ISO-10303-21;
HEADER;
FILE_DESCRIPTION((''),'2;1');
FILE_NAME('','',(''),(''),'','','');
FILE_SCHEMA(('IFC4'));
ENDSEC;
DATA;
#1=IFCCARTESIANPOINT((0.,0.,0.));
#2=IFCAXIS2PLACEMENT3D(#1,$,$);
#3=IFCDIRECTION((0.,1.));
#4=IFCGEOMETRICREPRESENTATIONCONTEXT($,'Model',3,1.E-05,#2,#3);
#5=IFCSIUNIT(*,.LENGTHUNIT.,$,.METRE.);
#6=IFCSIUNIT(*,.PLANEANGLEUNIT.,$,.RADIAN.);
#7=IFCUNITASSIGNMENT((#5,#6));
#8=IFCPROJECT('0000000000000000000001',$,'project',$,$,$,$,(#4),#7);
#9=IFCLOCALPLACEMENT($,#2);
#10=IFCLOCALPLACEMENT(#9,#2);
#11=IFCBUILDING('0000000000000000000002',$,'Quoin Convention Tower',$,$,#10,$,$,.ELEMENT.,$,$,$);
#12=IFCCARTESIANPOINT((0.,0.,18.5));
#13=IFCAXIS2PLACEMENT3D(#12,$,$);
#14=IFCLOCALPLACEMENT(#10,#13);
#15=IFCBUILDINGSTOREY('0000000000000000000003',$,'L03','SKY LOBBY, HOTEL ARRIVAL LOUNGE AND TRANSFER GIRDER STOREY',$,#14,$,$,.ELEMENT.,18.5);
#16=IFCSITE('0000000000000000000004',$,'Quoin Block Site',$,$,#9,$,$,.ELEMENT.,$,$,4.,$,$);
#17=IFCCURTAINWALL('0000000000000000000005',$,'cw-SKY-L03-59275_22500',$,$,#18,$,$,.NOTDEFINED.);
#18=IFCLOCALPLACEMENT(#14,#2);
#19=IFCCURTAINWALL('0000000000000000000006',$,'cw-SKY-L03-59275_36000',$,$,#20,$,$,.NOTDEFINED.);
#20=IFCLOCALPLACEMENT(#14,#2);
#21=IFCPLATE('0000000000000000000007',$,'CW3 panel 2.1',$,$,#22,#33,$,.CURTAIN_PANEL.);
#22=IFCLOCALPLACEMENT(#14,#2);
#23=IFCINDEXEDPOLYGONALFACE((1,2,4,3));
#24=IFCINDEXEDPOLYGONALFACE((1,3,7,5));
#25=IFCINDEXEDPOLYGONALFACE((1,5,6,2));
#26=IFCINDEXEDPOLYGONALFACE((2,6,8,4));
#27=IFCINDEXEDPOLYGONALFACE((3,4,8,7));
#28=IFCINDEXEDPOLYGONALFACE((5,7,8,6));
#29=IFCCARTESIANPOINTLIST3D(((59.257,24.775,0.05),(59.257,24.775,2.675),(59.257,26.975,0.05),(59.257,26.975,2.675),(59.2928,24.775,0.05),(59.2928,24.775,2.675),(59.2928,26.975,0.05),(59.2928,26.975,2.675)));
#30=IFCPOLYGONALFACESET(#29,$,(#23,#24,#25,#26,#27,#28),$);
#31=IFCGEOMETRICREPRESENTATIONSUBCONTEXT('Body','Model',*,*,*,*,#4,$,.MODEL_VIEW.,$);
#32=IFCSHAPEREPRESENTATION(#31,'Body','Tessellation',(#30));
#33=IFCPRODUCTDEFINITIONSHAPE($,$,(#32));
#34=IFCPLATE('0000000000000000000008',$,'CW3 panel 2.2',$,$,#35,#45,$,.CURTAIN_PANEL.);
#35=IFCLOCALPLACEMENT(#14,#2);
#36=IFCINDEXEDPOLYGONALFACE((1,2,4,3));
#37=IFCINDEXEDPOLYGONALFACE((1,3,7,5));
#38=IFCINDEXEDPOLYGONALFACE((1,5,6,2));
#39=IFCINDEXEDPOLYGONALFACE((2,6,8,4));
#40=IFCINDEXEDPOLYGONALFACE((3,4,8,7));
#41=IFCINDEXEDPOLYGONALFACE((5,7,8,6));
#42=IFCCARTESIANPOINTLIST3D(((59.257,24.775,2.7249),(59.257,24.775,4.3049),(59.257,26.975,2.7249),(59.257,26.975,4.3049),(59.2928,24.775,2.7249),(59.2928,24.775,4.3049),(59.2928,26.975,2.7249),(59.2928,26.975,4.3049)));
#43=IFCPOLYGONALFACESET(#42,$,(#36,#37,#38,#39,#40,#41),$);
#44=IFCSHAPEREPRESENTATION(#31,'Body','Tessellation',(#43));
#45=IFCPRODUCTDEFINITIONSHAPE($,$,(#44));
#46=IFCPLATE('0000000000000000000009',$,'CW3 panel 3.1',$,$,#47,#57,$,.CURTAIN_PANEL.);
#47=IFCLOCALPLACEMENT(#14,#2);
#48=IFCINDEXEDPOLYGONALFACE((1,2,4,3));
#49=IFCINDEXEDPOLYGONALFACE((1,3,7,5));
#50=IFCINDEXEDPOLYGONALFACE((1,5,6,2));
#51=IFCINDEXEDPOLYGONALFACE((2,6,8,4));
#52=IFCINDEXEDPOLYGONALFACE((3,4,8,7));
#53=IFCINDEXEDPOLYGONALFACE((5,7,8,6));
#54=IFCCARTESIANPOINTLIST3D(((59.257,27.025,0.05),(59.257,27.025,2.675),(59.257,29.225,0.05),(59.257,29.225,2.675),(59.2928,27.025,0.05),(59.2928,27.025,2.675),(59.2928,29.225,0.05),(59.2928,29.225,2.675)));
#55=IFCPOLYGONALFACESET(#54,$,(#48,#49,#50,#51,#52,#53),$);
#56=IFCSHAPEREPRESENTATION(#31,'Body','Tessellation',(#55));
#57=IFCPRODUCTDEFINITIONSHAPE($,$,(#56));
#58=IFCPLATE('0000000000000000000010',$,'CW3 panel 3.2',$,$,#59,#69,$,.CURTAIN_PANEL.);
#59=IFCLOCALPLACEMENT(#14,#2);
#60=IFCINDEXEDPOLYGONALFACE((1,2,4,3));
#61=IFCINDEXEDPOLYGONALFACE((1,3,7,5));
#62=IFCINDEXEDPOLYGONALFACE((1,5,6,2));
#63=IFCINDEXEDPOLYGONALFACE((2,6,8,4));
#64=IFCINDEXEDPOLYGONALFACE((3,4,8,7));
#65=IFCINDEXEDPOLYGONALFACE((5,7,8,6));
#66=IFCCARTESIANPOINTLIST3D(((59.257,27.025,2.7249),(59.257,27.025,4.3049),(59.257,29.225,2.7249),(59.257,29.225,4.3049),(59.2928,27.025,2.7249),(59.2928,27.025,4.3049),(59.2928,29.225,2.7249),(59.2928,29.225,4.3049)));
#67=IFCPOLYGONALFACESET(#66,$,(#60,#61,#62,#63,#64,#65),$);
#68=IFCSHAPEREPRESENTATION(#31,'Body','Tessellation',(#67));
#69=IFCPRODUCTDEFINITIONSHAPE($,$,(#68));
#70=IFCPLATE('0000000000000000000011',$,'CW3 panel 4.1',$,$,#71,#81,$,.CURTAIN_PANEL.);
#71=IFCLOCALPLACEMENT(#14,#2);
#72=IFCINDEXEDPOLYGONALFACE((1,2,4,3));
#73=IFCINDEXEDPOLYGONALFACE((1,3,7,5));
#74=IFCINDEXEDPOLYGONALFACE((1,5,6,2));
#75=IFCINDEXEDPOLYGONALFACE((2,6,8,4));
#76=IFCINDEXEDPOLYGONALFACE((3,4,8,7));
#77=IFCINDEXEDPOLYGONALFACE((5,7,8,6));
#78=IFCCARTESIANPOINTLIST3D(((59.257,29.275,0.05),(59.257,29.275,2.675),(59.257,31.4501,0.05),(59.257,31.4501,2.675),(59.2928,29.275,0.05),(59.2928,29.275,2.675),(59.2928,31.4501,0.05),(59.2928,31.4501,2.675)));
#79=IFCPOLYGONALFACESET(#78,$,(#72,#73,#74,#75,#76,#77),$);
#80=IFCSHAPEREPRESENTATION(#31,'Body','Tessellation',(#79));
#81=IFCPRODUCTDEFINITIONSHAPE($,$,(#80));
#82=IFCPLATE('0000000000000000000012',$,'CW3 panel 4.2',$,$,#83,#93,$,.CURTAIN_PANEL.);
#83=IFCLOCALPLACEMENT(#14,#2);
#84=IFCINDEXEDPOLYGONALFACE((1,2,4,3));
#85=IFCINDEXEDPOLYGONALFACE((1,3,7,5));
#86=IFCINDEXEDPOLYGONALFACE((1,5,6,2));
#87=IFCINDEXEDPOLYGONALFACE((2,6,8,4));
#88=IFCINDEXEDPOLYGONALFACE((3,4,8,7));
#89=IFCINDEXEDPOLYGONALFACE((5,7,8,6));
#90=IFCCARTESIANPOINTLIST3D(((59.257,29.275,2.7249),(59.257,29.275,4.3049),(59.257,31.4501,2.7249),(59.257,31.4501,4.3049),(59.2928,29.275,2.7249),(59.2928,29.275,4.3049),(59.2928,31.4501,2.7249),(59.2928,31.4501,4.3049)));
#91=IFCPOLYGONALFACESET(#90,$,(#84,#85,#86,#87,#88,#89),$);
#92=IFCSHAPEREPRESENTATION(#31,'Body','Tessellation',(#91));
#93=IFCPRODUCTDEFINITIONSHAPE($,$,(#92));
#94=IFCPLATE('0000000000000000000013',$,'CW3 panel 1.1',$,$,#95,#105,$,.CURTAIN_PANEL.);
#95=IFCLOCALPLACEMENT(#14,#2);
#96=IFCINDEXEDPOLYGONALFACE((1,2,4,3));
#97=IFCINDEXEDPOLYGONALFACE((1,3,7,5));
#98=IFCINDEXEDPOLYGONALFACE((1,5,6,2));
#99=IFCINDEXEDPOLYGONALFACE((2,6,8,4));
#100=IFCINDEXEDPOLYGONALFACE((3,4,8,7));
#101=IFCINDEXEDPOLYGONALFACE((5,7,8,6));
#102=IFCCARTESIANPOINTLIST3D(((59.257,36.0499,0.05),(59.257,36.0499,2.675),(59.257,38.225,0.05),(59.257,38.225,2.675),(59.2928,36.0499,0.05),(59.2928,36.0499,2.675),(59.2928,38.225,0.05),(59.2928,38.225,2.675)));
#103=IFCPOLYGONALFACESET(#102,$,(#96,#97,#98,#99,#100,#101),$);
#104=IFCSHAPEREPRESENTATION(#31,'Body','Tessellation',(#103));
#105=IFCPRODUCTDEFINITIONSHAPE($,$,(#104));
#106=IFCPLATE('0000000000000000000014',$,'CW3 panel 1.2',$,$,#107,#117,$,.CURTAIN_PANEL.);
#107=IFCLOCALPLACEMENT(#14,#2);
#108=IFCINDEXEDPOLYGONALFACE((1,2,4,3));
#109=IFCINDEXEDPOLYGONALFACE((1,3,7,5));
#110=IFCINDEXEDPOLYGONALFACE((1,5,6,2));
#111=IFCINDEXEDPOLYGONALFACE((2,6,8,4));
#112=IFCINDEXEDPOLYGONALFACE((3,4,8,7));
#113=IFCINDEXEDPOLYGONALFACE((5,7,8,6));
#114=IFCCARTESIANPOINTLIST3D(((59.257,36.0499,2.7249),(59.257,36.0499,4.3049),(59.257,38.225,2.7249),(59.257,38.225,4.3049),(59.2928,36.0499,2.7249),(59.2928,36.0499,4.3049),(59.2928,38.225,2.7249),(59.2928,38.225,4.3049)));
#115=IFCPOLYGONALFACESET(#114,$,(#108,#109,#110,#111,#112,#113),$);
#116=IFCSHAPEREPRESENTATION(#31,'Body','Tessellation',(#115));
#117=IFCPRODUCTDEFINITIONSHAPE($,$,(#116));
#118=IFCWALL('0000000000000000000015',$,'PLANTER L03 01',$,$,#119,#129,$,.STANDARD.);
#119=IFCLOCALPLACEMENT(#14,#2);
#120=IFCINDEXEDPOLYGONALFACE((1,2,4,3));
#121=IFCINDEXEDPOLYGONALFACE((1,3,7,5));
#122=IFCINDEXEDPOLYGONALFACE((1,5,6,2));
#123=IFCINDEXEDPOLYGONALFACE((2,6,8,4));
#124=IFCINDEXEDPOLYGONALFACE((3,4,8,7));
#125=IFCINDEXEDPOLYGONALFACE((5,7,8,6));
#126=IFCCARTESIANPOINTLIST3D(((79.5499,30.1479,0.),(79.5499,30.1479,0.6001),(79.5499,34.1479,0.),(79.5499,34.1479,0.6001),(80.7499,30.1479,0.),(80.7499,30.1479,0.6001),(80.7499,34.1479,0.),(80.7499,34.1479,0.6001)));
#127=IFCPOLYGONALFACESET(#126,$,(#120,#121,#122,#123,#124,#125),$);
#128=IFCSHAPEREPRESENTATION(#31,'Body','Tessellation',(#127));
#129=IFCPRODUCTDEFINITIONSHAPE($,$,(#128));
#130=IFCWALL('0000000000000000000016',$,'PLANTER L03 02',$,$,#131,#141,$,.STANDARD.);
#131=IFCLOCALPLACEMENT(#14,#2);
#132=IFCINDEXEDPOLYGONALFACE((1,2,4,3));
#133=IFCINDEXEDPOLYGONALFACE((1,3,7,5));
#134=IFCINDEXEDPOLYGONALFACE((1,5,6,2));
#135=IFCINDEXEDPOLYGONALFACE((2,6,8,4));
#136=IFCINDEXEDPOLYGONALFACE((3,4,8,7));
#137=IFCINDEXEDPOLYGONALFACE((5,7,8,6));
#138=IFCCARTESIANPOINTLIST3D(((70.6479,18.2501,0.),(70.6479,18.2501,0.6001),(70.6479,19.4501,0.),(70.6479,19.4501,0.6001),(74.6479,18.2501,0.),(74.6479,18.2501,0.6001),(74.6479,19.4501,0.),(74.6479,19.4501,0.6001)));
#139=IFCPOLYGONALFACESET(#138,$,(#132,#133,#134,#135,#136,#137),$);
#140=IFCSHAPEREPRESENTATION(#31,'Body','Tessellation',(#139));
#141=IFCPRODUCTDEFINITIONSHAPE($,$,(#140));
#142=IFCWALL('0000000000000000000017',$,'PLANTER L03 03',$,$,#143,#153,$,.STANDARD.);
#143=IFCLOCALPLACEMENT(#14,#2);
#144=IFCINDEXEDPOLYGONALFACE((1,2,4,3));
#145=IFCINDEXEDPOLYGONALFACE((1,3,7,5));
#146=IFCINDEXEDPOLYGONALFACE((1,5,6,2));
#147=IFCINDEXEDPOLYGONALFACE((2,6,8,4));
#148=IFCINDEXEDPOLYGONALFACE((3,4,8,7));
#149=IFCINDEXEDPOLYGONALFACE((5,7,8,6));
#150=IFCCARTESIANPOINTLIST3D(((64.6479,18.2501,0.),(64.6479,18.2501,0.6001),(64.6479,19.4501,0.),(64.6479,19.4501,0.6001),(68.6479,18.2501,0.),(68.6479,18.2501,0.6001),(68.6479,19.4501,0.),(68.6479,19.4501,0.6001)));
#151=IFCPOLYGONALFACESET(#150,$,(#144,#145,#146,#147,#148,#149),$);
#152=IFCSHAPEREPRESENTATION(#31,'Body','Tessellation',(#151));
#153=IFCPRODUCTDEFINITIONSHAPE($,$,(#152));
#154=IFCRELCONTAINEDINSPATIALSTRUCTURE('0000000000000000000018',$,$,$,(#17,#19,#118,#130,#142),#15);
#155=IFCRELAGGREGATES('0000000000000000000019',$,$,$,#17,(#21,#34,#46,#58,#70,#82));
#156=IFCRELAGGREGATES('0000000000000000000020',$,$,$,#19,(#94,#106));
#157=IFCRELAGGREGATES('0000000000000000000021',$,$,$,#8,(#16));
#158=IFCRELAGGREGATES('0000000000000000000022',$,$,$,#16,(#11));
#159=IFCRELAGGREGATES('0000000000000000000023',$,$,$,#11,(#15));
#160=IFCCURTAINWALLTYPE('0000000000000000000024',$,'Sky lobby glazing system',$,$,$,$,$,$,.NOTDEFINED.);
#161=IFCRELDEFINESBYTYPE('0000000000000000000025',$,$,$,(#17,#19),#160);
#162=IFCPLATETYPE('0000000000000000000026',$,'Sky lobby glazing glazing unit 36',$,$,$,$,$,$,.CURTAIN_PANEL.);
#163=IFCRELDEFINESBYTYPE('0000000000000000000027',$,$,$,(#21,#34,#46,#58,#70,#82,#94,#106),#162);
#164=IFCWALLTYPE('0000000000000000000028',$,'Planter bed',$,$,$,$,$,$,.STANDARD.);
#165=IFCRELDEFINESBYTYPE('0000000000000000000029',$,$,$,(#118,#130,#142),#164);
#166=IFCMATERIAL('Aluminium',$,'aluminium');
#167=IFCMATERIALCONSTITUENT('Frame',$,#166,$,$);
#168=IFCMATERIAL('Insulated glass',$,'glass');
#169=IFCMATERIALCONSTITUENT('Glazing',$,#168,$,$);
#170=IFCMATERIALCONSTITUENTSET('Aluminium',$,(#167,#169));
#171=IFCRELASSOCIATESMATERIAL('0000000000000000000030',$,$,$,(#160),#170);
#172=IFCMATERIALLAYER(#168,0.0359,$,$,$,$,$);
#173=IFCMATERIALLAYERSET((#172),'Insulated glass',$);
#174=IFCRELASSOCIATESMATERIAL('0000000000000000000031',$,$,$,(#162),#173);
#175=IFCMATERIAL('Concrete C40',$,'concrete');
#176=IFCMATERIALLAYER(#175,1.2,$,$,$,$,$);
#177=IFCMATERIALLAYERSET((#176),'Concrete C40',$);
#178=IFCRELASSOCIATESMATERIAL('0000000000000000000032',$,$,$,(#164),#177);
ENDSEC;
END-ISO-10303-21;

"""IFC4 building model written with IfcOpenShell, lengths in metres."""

from ifc_helpers import new_model, si_unit, direction, frame, frame_2d, origin, origin_2d, place, context, subcontext, project, spatial, rectangle, extrude, material, layer, layer_set, constituent, constituent_set, type_object, element, aggregate, save


model = new_model("IFC4")

# Units and contexts
model_context = context("Model", 3, precision=1e-05, world=origin(), true_north=direction((0.0, 1.0)))
body_context = subcontext(model_context, "Body", "Model", "MODEL_VIEW")
ifc_project = project(units=[si_unit("LENGTHUNIT", "METRE"), si_unit("PLANEANGLEUNIT", "RADIAN")], contexts=[model_context])

# Site, building, storey
site_placement = place(None, origin())
site = spatial("IfcSite", under=ifc_project, at=site_placement, Name="Quoin Block Site", CompositionType="ELEMENT", RefElevation=4.0)
building_placement = place(site_placement, origin())
building = spatial("IfcBuilding", under=site, at=building_placement, Name="Quoin Convention Tower", CompositionType="ELEMENT")
storey_placement = place(building_placement, frame((0.0, 0.0, 18.5)))
storey = spatial("IfcBuildingStorey", under=building, at=storey_placement, Name="L03", Description="SKY LOBBY, HOTEL ARRIVAL LOUNGE AND TRANSFER GIRDER STOREY", CompositionType="ELEMENT", Elevation=18.5)

# Curtain walls
ifc_material_1 = material(Name="Aluminium", Category="aluminium")
ifc_constituent_1 = constituent(ifc_material_1, Name="Frame")
ifc_material_2 = material(Name="Insulated glass", Category="glass")
ifc_constituent_2 = constituent(ifc_material_2, Name="Glazing")
ifc_constituent_set_1 = constituent_set(constituents=[ifc_constituent_1, ifc_constituent_2], Name="Aluminium")
curtain_wall_type = type_object("IfcCurtainWallType", Name="Sky lobby glazing system", PredefinedType="NOTDEFINED", material=ifc_constituent_set_1)
curtain_wall_1_placement = place(storey_placement, origin())
curtain_wall_1 = element("IfcCurtainWall", 1, at=curtain_wall_1_placement, inside=storey, type_object=curtain_wall_type, Name="cw-SKY-L03-59275_22500", PredefinedType="NOTDEFINED")
curtain_wall_2_placement = place(storey_placement, origin())
curtain_wall_2 = element("IfcCurtainWall", 2, at=curtain_wall_2_placement, inside=storey, type_object=curtain_wall_type, Name="cw-SKY-L03-59275_36000", PredefinedType="NOTDEFINED")

# Plates
ifc_layer_1 = layer(ifc_material_2, 0.0359)
ifc_layer_set_1 = layer_set([ifc_layer_1], Name="Insulated glass")
plate_type = type_object("IfcPlateType", Name="Sky lobby glazing glazing unit 36", PredefinedType="CURTAIN_PANEL", material=ifc_layer_set_1)
plate_1_placement = place(storey_placement, frame((59.2749, 25.875, 0.05), z_axis=(0.0, 0.0, 1.0), x_axis=(0.0, 1.0, 0.0)))
plate_1 = element("IfcPlate", 3, at=plate_1_placement, type_object=plate_type, Name="CW3 panel 2.1", PredefinedType="CURTAIN_PANEL", context=body_context, shape_type="SweptSolid", body=[
    extrude(rectangle(XDim=2.2, YDim=0.0359, at=origin_2d()), origin(), (0.0, 0.0, 1.0), 2.625),
])
plate_2_placement = place(storey_placement, frame((59.2749, 25.875, 2.7249), z_axis=(0.0, 0.0, 1.0), x_axis=(0.0, 1.0, 0.0)))
plate_2 = element("IfcPlate", 4, at=plate_2_placement, type_object=plate_type, Name="CW3 panel 2.2", PredefinedType="CURTAIN_PANEL", context=body_context, shape_type="SweptSolid", body=[
    extrude(rectangle(XDim=2.2, YDim=0.0359, at=origin_2d()), origin(), (0.0, 0.0, 1.0), 1.5801),
])
plate_3_placement = place(storey_placement, frame((59.2749, 28.125, 0.05), z_axis=(0.0, 0.0, 1.0), x_axis=(0.0, 1.0, 0.0)))
plate_3 = element("IfcPlate", 5, at=plate_3_placement, type_object=plate_type, Name="CW3 panel 3.1", PredefinedType="CURTAIN_PANEL", context=body_context, shape_type="SweptSolid", body=[
    extrude(rectangle(XDim=2.2, YDim=0.0359, at=origin_2d()), origin(), (0.0, 0.0, 1.0), 2.625),
])
plate_4_placement = place(storey_placement, frame((59.2749, 28.125, 2.7249), z_axis=(0.0, 0.0, 1.0), x_axis=(0.0, 1.0, 0.0)))
plate_4 = element("IfcPlate", 6, at=plate_4_placement, type_object=plate_type, Name="CW3 panel 3.2", PredefinedType="CURTAIN_PANEL", context=body_context, shape_type="SweptSolid", body=[
    extrude(rectangle(XDim=2.2, YDim=0.0359, at=origin_2d()), origin(), (0.0, 0.0, 1.0), 1.5801),
])
plate_5_placement = place(storey_placement, frame((59.2749, 30.3625, 0.05), z_axis=(0.0, 0.0, 1.0), x_axis=(0.0, 1.0, 0.0)))
plate_5 = element("IfcPlate", 7, at=plate_5_placement, type_object=plate_type, Name="CW3 panel 4.1", PredefinedType="CURTAIN_PANEL", context=body_context, shape_type="SweptSolid", body=[
    extrude(rectangle(XDim=2.175, YDim=0.0359, at=origin_2d()), origin(), (0.0, 0.0, 1.0), 2.625),
])
plate_6_placement = place(storey_placement, frame((59.2749, 30.3625, 2.7249), z_axis=(0.0, 0.0, 1.0), x_axis=(0.0, 1.0, 0.0)))
plate_6 = element("IfcPlate", 8, at=plate_6_placement, type_object=plate_type, Name="CW3 panel 4.2", PredefinedType="CURTAIN_PANEL", context=body_context, shape_type="SweptSolid", body=[
    extrude(rectangle(XDim=2.175, YDim=0.0359, at=origin_2d()), origin(), (0.0, 0.0, 1.0), 1.5801),
])
aggregate(curtain_wall_1, [plate_1, plate_2, plate_3, plate_4, plate_5, plate_6])
plate_7_placement = place(storey_placement, frame((59.2749, 37.1375, 0.05), z_axis=(0.0, 0.0, 1.0), x_axis=(0.0, 1.0, 0.0)))
plate_7 = element("IfcPlate", 9, at=plate_7_placement, type_object=plate_type, Name="CW3 panel 1.1", PredefinedType="CURTAIN_PANEL", context=body_context, shape_type="SweptSolid", body=[
    extrude(rectangle(XDim=2.175, YDim=0.0359, at=origin_2d()), origin(), (0.0, 0.0, 1.0), 2.625),
])
plate_8_placement = place(storey_placement, frame((59.2749, 37.1375, 2.7249), z_axis=(0.0, 0.0, 1.0), x_axis=(0.0, 1.0, 0.0)))
plate_8 = element("IfcPlate", 10, at=plate_8_placement, type_object=plate_type, Name="CW3 panel 1.2", PredefinedType="CURTAIN_PANEL", context=body_context, shape_type="SweptSolid", body=[
    extrude(rectangle(XDim=2.175, YDim=0.0359, at=origin_2d()), origin(), (0.0, 0.0, 1.0), 1.5801),
])
aggregate(curtain_wall_2, [plate_7, plate_8])

# Walls
ifc_material_3 = material(Name="Concrete C40", Category="concrete")
ifc_layer_2 = layer(ifc_material_3, 1.2)
ifc_layer_set_2 = layer_set([ifc_layer_2], Name="Concrete C40")
wall_type_1 = type_object("IfcWallType", Name="Planter bed", PredefinedType="STANDARD", material=ifc_layer_set_2)
for number, where, z_axis, x_axis, name in (
    (11, (80.1499, 34.1479, 0.0), (0.0, 0.0, 1.0), (0.0, -1.0, 0.0), "PLANTER L03 01"),
    (12, (74.6479, 18.8501, 0.0), (0.0, 0.0, 1.0), (-1.0, 0.0, 0.0), "PLANTER L03 02"),
    (13, (68.6479, 18.8501, 0.0), (0.0, 0.0, 1.0), (-1.0, 0.0, 0.0), "PLANTER L03 03"),
):
    element("IfcWall", number, at=place(storey_placement, frame(where, z_axis=z_axis, x_axis=x_axis)), inside=storey, type_object=wall_type_1, Name=name, PredefinedType="STANDARD", context=body_context, shape_type="SweptSolid", body=[
        extrude(rectangle(XDim=4.0, YDim=1.2, at=frame_2d((2.0, 0.0))), origin(), (0.0, 0.0, 1.0), 0.6001),
    ])

save(model, "model.ifc")
